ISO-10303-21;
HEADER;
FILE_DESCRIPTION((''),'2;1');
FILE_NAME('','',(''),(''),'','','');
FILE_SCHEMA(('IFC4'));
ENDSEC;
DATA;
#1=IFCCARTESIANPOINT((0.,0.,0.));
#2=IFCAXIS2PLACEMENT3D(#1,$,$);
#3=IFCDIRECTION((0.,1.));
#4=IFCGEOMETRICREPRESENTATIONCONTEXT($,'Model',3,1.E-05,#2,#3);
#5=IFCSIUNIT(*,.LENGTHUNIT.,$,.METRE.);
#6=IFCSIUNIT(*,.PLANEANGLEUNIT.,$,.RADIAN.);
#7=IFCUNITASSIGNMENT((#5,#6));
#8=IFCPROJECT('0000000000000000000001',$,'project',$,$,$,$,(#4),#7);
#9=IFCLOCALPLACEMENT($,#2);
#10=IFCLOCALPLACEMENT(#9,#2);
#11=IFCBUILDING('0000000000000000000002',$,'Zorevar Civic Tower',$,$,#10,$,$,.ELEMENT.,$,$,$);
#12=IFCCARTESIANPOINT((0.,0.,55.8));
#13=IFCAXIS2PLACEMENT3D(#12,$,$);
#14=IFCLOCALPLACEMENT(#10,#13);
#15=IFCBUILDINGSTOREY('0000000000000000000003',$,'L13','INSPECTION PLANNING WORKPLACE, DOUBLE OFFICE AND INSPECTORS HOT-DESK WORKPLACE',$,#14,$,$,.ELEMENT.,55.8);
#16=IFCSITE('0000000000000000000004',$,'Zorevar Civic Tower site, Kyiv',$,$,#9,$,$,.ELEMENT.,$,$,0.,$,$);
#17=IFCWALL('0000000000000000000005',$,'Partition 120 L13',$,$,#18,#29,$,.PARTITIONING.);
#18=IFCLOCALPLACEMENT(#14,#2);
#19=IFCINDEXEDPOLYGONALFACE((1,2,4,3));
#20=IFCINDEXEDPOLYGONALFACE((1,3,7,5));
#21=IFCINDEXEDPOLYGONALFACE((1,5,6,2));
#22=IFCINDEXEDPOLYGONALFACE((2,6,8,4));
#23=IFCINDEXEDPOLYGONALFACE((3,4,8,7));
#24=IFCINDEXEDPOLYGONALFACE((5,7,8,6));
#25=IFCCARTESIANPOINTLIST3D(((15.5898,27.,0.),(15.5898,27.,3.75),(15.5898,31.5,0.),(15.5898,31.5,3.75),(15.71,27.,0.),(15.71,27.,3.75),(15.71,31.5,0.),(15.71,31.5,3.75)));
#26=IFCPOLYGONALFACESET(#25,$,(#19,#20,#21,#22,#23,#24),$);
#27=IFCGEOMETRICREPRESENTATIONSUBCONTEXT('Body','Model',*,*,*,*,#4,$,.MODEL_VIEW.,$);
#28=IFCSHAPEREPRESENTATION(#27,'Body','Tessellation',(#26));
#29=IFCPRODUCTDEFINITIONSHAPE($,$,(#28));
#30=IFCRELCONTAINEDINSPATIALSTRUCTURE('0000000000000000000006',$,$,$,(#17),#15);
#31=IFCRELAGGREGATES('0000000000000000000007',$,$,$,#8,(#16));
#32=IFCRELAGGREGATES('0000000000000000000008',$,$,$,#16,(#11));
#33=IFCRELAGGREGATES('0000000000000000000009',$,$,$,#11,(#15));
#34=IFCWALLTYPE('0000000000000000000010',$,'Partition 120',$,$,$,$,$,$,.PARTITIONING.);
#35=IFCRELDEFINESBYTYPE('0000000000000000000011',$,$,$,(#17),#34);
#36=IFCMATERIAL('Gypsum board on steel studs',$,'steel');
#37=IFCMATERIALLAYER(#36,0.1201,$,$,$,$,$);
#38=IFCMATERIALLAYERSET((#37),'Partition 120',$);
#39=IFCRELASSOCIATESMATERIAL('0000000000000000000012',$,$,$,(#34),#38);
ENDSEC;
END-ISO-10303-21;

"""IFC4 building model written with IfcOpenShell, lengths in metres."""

from ifc_helpers import new_model, si_unit, direction, frame, frame_2d, origin, place, context, subcontext, project, spatial, rectangle, extrude, material, layer, layer_set, type_object, element, save


model = new_model("IFC4")

# Units and contexts
model_context = context("Model", 3, precision=1e-05, world=origin(), true_north=direction((0.0, 1.0)))
body_context = subcontext(model_context, "Body", "Model", "MODEL_VIEW")
ifc_project = project(units=[si_unit("LENGTHUNIT", "METRE"), si_unit("PLANEANGLEUNIT", "RADIAN")], contexts=[model_context])

# Site, building, storey
site_placement = place(None, origin())
site = spatial("IfcSite", under=ifc_project, at=site_placement, Name="Zorevar Civic Tower site, Kyiv", CompositionType="ELEMENT", RefElevation=0.0)
building_placement = place(site_placement, origin())
building = spatial("IfcBuilding", under=site, at=building_placement, Name="Zorevar Civic Tower", CompositionType="ELEMENT")
storey_placement = place(building_placement, frame((0.0, 0.0, 55.8)))
storey = spatial("IfcBuildingStorey", under=building, at=storey_placement, Name="L13", Description="INSPECTION PLANNING WORKPLACE, DOUBLE OFFICE AND INSPECTORS HOT-DESK WORKPLACE", CompositionType="ELEMENT", Elevation=55.8)

# Shared definitions
ifc_material_1 = material(Name="Gypsum board on steel studs", Category="steel")
ifc_layer_1 = layer(ifc_material_1, 0.1201)
ifc_layer_set_1 = layer_set([ifc_layer_1], Name="Partition 120")
wall_type_1 = type_object("IfcWallType", Name="Partition 120", PredefinedType="PARTITIONING", material=ifc_layer_set_1)

# Wall
wall_1_placement = place(storey_placement, frame((15.6499, 27.0, 0.0), z_axis=(0.0, 0.0, 1.0), x_axis=(0.0, 1.0, 0.0)))
element("IfcWall", 1, at=wall_1_placement, inside=storey, type_object=wall_type_1, Name="Partition 120 L13", PredefinedType="PARTITIONING", context=body_context, shape_type="SweptSolid", body=[
    extrude(rectangle(XDim=4.5, YDim=0.1201, at=frame_2d((2.25, 0.0))), origin(), (0.0, 0.0, 1.0), 3.75),
])

save(model, "model.ifc")
